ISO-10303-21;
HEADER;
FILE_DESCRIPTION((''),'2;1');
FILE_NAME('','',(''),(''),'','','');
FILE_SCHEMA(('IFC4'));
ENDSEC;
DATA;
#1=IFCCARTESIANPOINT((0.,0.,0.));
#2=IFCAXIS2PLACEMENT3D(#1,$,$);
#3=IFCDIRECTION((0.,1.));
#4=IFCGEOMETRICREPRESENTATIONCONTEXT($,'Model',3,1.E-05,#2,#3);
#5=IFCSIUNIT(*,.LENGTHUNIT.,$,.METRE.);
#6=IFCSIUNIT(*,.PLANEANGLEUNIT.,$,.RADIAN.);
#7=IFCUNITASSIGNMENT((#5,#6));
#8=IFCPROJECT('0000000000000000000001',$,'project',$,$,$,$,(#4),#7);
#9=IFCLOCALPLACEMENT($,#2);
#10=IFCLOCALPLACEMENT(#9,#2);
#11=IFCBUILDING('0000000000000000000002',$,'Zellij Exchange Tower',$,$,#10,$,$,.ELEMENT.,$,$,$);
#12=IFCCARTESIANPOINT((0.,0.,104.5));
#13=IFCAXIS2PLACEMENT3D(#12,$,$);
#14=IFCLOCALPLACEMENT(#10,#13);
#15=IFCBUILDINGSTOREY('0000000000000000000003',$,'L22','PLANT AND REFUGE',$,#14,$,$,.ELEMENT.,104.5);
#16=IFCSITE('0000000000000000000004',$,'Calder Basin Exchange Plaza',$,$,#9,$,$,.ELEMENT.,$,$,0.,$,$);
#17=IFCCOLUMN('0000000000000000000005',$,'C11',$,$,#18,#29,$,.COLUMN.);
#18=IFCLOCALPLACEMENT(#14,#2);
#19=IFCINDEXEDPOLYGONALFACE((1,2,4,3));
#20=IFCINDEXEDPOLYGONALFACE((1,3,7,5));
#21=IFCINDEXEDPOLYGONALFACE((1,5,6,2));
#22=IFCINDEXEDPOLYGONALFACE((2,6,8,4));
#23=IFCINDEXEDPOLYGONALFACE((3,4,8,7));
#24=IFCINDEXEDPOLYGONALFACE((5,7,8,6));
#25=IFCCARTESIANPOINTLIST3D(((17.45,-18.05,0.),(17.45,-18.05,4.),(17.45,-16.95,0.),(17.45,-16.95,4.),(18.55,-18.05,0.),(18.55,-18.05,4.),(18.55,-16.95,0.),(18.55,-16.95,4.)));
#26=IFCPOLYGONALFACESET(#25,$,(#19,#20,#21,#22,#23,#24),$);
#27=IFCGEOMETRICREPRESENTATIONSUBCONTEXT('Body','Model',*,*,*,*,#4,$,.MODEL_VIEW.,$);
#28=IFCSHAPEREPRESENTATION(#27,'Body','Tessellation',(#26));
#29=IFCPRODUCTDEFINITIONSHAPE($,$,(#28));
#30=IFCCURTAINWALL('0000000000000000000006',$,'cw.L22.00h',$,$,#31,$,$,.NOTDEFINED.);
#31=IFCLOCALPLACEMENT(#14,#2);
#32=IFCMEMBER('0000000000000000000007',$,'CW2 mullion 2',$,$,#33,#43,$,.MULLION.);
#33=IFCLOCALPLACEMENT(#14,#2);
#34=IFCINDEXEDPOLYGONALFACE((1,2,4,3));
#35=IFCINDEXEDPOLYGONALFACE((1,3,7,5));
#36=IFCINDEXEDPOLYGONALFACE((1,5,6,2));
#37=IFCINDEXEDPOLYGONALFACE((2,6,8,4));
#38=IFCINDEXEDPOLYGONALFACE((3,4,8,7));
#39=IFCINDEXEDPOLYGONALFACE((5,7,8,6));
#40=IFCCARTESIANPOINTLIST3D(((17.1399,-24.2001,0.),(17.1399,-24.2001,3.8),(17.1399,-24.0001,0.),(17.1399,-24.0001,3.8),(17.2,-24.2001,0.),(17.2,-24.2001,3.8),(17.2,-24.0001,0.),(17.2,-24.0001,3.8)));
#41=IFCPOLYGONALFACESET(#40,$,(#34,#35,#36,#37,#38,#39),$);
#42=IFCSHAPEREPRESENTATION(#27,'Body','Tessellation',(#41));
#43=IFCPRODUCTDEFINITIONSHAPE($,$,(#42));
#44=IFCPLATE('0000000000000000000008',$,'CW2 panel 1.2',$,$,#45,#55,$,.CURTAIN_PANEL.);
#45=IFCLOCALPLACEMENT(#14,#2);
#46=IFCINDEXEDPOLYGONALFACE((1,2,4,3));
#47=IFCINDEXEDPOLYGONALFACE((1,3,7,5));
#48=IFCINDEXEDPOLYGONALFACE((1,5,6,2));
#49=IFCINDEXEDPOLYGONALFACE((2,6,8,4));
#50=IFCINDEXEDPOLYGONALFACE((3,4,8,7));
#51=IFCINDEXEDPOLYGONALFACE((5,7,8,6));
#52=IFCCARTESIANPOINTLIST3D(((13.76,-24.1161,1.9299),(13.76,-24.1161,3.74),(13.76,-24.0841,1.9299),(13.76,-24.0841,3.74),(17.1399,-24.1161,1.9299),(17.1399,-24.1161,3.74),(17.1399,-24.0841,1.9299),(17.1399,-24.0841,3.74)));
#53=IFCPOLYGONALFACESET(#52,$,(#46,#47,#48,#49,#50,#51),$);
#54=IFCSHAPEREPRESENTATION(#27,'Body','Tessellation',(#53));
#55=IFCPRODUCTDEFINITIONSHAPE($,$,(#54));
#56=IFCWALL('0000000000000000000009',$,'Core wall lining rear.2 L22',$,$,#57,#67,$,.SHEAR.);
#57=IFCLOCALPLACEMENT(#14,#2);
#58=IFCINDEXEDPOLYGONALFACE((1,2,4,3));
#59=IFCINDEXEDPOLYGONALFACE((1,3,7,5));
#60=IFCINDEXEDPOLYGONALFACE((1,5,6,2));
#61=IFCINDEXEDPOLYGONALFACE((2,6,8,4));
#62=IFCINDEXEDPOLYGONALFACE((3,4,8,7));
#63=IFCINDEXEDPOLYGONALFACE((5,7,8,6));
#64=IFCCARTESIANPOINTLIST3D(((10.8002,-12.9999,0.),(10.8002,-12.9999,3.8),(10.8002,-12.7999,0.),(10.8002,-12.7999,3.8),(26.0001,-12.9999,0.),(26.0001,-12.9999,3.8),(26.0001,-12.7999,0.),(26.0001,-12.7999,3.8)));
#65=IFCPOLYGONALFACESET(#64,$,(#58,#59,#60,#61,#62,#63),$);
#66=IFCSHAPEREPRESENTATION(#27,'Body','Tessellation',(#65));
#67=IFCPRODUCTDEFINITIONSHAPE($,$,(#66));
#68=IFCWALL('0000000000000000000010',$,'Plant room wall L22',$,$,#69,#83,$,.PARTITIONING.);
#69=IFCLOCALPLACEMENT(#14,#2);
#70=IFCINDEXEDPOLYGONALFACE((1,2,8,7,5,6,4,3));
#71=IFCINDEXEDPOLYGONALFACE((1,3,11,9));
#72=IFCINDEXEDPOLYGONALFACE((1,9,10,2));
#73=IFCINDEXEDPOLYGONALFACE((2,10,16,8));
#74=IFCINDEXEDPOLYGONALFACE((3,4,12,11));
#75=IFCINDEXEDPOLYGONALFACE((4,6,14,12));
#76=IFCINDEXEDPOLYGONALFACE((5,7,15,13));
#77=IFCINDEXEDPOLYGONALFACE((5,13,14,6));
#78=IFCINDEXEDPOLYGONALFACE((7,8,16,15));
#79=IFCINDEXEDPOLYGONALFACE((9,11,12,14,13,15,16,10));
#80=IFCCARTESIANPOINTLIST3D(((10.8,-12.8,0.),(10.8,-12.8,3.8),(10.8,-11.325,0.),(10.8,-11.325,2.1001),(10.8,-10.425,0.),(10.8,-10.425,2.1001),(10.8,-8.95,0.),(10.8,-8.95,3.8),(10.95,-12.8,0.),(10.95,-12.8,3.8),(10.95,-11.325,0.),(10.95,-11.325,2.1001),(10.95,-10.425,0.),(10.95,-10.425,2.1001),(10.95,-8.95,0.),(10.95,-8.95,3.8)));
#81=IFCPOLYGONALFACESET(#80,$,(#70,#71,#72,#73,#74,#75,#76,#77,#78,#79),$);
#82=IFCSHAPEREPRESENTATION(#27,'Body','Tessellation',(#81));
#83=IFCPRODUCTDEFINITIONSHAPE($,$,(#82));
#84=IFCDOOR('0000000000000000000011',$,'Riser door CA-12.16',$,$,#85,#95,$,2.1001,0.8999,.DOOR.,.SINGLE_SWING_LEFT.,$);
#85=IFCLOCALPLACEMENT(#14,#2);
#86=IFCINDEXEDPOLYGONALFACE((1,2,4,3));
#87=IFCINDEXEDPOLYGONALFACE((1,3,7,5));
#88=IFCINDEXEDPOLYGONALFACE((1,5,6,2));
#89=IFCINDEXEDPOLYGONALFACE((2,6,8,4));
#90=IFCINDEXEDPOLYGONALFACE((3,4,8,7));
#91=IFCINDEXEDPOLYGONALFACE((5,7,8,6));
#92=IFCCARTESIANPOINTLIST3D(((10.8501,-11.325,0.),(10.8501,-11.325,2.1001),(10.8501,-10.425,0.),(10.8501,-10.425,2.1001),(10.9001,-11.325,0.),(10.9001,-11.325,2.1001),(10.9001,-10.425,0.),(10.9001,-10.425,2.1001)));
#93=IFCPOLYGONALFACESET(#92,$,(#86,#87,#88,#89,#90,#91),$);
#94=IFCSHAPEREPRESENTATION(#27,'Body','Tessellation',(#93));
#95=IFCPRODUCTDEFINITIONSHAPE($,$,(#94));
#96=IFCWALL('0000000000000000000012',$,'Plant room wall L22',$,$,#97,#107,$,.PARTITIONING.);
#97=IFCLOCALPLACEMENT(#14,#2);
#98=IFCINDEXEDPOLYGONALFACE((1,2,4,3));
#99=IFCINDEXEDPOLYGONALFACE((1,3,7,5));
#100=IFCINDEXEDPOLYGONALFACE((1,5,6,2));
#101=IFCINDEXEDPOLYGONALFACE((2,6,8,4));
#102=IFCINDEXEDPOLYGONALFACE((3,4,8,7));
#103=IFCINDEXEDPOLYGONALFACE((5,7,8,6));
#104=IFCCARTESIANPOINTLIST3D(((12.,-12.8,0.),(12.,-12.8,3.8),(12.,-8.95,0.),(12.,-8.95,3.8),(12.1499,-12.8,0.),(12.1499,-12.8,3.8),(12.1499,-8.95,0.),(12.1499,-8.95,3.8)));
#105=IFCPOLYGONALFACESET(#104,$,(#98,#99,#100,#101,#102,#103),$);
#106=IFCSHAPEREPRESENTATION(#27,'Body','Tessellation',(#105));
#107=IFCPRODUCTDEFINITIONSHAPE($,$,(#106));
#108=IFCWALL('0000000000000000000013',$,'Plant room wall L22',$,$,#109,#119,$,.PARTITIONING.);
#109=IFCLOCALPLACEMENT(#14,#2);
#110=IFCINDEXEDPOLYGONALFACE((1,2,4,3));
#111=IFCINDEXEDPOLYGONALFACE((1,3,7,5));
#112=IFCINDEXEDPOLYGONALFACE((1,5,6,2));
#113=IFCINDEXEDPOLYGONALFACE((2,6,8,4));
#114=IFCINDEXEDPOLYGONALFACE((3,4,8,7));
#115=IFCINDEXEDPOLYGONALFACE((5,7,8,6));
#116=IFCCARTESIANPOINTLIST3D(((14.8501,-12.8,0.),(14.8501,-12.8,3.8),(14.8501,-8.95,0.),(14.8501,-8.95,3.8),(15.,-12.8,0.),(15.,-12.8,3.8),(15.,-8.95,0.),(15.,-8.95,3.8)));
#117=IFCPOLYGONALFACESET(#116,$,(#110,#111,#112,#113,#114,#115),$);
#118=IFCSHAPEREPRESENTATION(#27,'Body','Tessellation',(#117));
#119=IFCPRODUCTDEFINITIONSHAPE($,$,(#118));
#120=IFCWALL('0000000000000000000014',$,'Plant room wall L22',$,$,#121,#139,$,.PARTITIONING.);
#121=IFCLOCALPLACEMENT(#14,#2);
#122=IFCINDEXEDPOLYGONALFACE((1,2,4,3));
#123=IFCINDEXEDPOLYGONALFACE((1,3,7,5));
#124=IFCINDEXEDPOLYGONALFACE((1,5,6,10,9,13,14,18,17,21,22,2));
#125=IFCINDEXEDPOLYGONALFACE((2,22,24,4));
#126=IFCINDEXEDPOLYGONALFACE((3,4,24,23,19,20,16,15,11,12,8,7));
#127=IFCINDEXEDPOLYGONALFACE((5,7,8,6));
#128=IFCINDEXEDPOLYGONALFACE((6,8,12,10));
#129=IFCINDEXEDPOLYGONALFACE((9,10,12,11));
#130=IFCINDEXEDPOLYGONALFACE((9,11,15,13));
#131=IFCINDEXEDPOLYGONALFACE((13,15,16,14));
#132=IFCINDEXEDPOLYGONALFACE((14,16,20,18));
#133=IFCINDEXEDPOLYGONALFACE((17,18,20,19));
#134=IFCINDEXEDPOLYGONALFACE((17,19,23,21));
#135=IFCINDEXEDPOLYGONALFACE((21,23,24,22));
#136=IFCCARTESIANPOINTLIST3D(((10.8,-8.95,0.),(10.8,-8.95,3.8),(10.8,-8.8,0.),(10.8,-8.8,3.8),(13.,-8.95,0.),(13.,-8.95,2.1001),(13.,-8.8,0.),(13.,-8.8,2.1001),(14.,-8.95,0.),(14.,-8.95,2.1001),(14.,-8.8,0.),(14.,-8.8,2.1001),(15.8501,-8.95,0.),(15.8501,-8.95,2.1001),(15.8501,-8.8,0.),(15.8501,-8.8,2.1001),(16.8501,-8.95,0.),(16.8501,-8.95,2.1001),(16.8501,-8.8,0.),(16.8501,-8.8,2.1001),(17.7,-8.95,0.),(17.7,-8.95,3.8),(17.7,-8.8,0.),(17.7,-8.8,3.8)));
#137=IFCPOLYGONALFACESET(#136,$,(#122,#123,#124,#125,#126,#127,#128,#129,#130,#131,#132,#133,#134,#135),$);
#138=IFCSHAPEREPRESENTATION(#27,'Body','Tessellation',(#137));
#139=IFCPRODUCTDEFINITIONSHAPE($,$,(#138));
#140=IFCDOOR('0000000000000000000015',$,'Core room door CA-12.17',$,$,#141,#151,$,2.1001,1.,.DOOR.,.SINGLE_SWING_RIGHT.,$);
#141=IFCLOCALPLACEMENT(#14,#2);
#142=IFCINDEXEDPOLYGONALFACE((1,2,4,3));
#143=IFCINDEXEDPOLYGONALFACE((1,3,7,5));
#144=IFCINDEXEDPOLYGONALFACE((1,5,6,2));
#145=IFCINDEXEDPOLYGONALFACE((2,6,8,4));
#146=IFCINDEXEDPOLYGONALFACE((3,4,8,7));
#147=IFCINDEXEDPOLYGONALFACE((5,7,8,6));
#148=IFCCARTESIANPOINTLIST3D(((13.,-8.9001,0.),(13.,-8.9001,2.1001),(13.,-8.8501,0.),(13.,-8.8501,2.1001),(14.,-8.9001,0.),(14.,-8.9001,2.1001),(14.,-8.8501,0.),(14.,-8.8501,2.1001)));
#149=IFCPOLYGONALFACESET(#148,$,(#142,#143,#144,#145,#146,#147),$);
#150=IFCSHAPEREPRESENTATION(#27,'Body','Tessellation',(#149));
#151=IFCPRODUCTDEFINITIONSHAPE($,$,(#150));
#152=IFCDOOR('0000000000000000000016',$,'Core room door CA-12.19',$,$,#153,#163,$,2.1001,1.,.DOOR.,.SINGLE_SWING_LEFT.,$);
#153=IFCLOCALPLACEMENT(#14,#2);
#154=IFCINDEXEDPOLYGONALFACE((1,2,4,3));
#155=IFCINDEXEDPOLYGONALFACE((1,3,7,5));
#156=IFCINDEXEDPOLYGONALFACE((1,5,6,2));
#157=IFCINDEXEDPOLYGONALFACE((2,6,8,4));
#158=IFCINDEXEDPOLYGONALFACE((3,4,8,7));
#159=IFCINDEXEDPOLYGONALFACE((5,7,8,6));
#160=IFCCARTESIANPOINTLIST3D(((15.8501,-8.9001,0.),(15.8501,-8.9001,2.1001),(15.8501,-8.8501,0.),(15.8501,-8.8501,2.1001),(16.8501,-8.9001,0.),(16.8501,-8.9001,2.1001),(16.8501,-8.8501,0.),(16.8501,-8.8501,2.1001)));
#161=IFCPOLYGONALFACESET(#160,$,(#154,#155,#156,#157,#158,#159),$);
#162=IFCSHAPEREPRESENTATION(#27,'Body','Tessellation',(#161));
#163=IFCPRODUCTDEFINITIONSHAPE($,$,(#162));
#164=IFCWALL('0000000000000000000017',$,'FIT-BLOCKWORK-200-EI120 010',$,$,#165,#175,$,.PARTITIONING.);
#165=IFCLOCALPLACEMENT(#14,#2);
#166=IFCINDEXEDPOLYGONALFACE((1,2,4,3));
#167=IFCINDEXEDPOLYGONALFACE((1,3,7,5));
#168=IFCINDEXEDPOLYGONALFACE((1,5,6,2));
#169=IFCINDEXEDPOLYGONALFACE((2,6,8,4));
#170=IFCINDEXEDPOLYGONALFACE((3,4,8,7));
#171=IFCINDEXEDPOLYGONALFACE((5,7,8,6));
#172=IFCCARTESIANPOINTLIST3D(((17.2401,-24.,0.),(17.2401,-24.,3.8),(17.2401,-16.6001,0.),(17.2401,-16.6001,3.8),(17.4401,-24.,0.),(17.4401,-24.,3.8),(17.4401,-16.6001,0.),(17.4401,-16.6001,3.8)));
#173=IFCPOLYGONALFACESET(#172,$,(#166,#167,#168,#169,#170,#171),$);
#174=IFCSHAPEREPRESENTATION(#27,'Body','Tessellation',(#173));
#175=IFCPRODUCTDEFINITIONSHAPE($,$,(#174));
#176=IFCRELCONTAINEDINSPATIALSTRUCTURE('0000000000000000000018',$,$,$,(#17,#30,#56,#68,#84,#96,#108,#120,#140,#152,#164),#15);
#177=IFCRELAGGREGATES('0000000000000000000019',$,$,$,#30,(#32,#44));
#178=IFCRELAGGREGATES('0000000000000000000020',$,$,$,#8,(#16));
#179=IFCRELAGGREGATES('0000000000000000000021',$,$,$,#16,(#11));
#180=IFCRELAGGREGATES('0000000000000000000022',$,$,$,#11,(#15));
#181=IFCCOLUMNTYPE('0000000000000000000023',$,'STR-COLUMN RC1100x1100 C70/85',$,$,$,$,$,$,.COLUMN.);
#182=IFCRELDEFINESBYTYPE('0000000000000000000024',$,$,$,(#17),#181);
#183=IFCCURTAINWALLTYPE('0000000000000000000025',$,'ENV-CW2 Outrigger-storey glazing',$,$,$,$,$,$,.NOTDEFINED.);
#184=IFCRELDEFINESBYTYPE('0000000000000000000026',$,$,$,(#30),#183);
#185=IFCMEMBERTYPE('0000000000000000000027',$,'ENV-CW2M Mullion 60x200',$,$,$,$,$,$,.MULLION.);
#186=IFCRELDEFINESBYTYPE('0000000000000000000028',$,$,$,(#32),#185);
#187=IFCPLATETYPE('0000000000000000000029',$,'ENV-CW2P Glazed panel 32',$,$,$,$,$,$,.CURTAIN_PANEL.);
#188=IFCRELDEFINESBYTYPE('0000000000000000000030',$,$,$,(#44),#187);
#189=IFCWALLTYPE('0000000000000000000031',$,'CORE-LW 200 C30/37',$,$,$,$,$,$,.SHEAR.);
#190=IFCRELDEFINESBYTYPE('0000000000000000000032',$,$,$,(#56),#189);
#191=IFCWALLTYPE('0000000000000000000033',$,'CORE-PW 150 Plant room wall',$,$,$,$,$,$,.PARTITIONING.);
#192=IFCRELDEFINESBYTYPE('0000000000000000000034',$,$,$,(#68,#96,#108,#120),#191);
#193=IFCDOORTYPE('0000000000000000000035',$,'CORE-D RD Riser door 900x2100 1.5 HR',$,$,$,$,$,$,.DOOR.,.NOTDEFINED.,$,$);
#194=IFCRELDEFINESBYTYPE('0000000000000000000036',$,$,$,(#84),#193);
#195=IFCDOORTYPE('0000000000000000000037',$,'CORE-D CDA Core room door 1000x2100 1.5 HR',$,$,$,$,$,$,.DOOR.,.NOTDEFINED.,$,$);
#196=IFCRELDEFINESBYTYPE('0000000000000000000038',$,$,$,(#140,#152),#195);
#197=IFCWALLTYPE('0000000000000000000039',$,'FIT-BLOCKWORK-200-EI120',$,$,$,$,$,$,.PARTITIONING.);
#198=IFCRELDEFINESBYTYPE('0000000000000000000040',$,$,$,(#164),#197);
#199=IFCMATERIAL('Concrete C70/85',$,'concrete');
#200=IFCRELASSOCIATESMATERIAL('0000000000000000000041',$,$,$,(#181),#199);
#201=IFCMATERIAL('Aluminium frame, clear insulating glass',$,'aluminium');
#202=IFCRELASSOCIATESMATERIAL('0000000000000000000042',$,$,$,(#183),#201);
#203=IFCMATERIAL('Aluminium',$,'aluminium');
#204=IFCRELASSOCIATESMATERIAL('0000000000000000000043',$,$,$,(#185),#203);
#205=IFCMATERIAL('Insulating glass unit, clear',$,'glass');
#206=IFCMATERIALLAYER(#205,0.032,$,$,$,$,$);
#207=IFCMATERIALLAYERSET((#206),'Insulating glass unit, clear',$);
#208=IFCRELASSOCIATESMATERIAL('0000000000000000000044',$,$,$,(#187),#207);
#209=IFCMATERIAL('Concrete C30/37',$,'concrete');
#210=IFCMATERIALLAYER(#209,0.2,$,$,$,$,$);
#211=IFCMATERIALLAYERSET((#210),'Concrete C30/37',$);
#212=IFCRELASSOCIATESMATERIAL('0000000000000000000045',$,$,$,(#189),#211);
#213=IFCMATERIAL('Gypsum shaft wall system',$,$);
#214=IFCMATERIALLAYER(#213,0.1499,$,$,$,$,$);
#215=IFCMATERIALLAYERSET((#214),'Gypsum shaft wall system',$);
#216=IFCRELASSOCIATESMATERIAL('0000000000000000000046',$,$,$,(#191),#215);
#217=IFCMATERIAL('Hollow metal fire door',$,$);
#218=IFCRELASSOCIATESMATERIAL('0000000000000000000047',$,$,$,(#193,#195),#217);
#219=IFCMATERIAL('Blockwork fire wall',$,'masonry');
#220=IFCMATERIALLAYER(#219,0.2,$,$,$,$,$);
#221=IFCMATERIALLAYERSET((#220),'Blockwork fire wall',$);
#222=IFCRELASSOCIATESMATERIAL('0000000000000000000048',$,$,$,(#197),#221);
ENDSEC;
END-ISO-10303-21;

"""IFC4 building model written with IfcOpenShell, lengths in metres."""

from ifc_helpers import new_model, si_unit, direction, frame, frame_2d, origin, origin_2d, place, context, subcontext, project, spatial, rectangle, extrude, material, layer, layer_set, material_profile, profile_set, type_object, element, fill, aggregate, save


model = new_model("IFC4")

# Units and contexts
model_context = context("Model", 3, precision=1e-05, world=origin(), true_north=direction((0.0, 1.0)))
body_context = subcontext(model_context, "Body", "Model", "MODEL_VIEW")
ifc_project = project(units=[si_unit("LENGTHUNIT", "METRE"), si_unit("PLANEANGLEUNIT", "RADIAN")], contexts=[model_context])

# Site, building, storey
site_placement = place(None, origin())
site = spatial("IfcSite", under=ifc_project, at=site_placement, Name="Calder Basin Exchange Plaza", CompositionType="ELEMENT", RefElevation=0.0)
building_placement = place(site_placement, origin())
building = spatial("IfcBuilding", under=site, at=building_placement, Name="Zellij Exchange Tower", CompositionType="ELEMENT")
storey_placement = place(building_placement, frame((0.0, 0.0, 104.5)))
storey = spatial("IfcBuildingStorey", under=building, at=storey_placement, Name="L22", Description="PLANT AND REFUGE", CompositionType="ELEMENT", Elevation=104.5)

# Column
ifc_material_1 = material(Name="Concrete C70/85", Category="concrete")
ifc_material_profile_1 = material_profile(ifc_material_1, rectangle(XDim=1.1001, YDim=1.1001, at=origin_2d()), Name="STR-COLUMN RC1100x1100 C70/85")
ifc_profile_set_1 = profile_set([ifc_material_profile_1], Name="Concrete C70/85")
column_type = type_object("IfcColumnType", Name="STR-COLUMN RC1100x1100 C70/85", PredefinedType="COLUMN", material=ifc_profile_set_1)
column_placement = place(storey_placement, frame((18.0, -17.5, 0.0), z_axis=(0.0, 0.0, 1.0), x_axis=(1.0, 0.0, 0.0)))
element("IfcColumn", 1, at=column_placement, inside=storey, type_object=column_type, Name="C11", PredefinedType="COLUMN", context=body_context, shape_type="SweptSolid", body=[
    extrude(rectangle(XDim=1.1001, YDim=1.1001, at=origin_2d()), origin(), (0.0, 0.0, 1.0), 4.0),
])

# Curtain wall, member, plate
ifc_material_2 = material(Name="Aluminium frame, clear insulating glass", Category="aluminium")
curtain_wall_type = type_object("IfcCurtainWallType", Name="ENV-CW2 Outrigger-storey glazing", PredefinedType="NOTDEFINED", material=ifc_material_2)
curtain_wall_placement = place(storey_placement, origin())
curtain_wall = element("IfcCurtainWall", 2, at=curtain_wall_placement, inside=storey, type_object=curtain_wall_type, Name="cw.L22.00h", PredefinedType="NOTDEFINED")
ifc_material_3 = material(Name="Aluminium", Category="aluminium")
ifc_material_profile_2 = material_profile(ifc_material_3, rectangle(XDim=0.0601, YDim=0.2, at=origin_2d()), Name="AL 60x200")
ifc_profile_set_2 = profile_set([ifc_material_profile_2], Name="Aluminium")
member_type = type_object("IfcMemberType", Name="ENV-CW2M Mullion 60x200", PredefinedType="MULLION", material=ifc_profile_set_2)
member_placement = place(storey_placement, frame((17.1699, -24.1001, 0.0), z_axis=(0.0, 0.0, 1.0), x_axis=(1.0, 0.0, 0.0)))
member = element("IfcMember", 3, at=member_placement, type_object=member_type, Name="CW2 mullion 2", PredefinedType="MULLION", context=body_context, shape_type="SweptSolid", body=[
    extrude(rectangle(XDim=0.0601, YDim=0.2, at=origin_2d()), origin(), (0.0, 0.0, 1.0), 3.8),
])
ifc_material_4 = material(Name="Insulating glass unit, clear", Category="glass")
ifc_layer_1 = layer(ifc_material_4, 0.032)
ifc_layer_set_1 = layer_set([ifc_layer_1], Name="Insulating glass unit, clear")
plate_type = type_object("IfcPlateType", Name="ENV-CW2P Glazed panel 32", PredefinedType="CURTAIN_PANEL", material=ifc_layer_set_1)
plate_placement = place(storey_placement, frame((15.45, -24.1001, 1.9299), z_axis=(0.0, 0.0, 1.0), x_axis=(1.0, 0.0, 0.0)))
plate = element("IfcPlate", 4, at=plate_placement, type_object=plate_type, Name="CW2 panel 1.2", PredefinedType="CURTAIN_PANEL", context=body_context, shape_type="SweptSolid", body=[
    extrude(rectangle(XDim=3.3799, YDim=0.032, at=origin_2d()), origin(), (0.0, 0.0, 1.0), 1.8101),
])
aggregate(curtain_wall, [member, plate])

# Wall
ifc_material_5 = material(Name="Concrete C30/37", Category="concrete")
ifc_layer_2 = layer(ifc_material_5, 0.2)
ifc_layer_set_2 = layer_set([ifc_layer_2], Name="Concrete C30/37")
wall_type_1 = type_object("IfcWallType", Name="CORE-LW 200 C30/37", PredefinedType="SHEAR", material=ifc_layer_set_2)
wall_1_placement = place(storey_placement, frame((10.8, -12.8999, 0.0), z_axis=(0.0, 0.0, 1.0), x_axis=(1.0, 0.0, 0.0)))
element("IfcWall", 5, at=wall_1_placement, inside=storey, type_object=wall_type_1, Name="Core wall lining rear.2 L22", PredefinedType="SHEAR", context=body_context, shape_type="SweptSolid", body=[
    extrude(rectangle(XDim=15.2, YDim=0.2, at=frame_2d((7.6001, 0.0))), origin(), (0.0, 0.0, 1.0), 3.8),
])

# Wall, opening, door
ifc_material_6 = material(Name="Gypsum shaft wall system")
ifc_layer_3 = layer(ifc_material_6, 0.1499)
ifc_layer_set_3 = layer_set([ifc_layer_3], Name="Gypsum shaft wall system")
wall_type_2 = type_object("IfcWallType", Name="CORE-PW 150 Plant room wall", PredefinedType="PARTITIONING", material=ifc_layer_set_3)
wall_2_placement = place(storey_placement, frame((10.875, -12.8, 0.0), z_axis=(0.0, 0.0, 1.0), x_axis=(0.0, 1.0, 0.0)))
wall_2 = element("IfcWall", 6, at=wall_2_placement, inside=storey, type_object=wall_type_2, Name="Plant room wall L22", PredefinedType="PARTITIONING", context=body_context, shape_type="SweptSolid", body=[
    extrude(rectangle(XDim=3.8501, YDim=0.1499, at=frame_2d((1.925, 0.0))), origin(), (0.0, 0.0, 1.0), 3.8),
])
opening_1_placement = place(wall_2_placement, frame((1.4751, 0.0, 0.0)))
opening_1 = element("IfcOpeningElement", 7, at=opening_1_placement, cuts=wall_2, PredefinedType="OPENING", context=body_context, shape_type="SweptSolid", body=[
    extrude(rectangle(XDim=0.8999, YDim=2.1001, at=frame_2d((0.45, 1.05))), frame((0.0, 0.0869, 0.0), z_axis=(0.0, -1.0, 0.0), x_axis=(1.0, 0.0, 0.0)), (0.0, 0.0, 1.0), 0.1738),
])
ifc_material_7 = material(Name="Hollow metal fire door")
door_type_1 = type_object("IfcDoorType", Name="CORE-D RD Riser door 900x2100 1.5 HR", OperationType="NOTDEFINED", PredefinedType="DOOR", material=ifc_material_7)
door_1_placement = place(opening_1_placement, origin())
door_1 = element("IfcDoor", 8, at=door_1_placement, inside=storey, type_object=door_type_1, Name="Riser door CA-12.16", OperationType="SINGLE_SWING_LEFT", OverallHeight=2.1001, OverallWidth=0.8999, PredefinedType="DOOR", context=body_context, shape_type="SweptSolid", body=[
    extrude(rectangle(XDim=0.8999, YDim=2.1001, at=frame_2d((0.45, 1.05))), frame((0.0, 0.0249, 0.0), z_axis=(0.0, -1.0, 0.0), x_axis=(1.0, 0.0, 0.0)), (0.0, 0.0, 1.0), 0.05),
])
fill(opening_1, door_1)

# Walls
for number, where, z_axis, x_axis, name in (
    (9, (12.075, -12.8, 0.0), (0.0, 0.0, 1.0), (0.0, 1.0, 0.0), "Plant room wall L22"),
    (10, (14.925, -12.8, 0.0), (0.0, 0.0, 1.0), (0.0, 1.0, 0.0), "Plant room wall L22"),
):
    element("IfcWall", number, at=place(storey_placement, frame(where, z_axis=z_axis, x_axis=x_axis)), inside=storey, type_object=wall_type_2, Name=name, PredefinedType="PARTITIONING", context=body_context, shape_type="SweptSolid", body=[
        extrude(rectangle(XDim=3.8501, YDim=0.1499, at=frame_2d((1.925, 0.0))), origin(), (0.0, 0.0, 1.0), 3.8),
    ])

# Wall, openings, doors
wall_3_placement = place(storey_placement, frame((10.8, -8.875, 0.0), z_axis=(0.0, 0.0, 1.0), x_axis=(1.0, 0.0, 0.0)))
wall_3 = element("IfcWall", 11, at=wall_3_placement, inside=storey, type_object=wall_type_2, Name="Plant room wall L22", PredefinedType="PARTITIONING", context=body_context, shape_type="SweptSolid", body=[
    extrude(rectangle(XDim=6.8999, YDim=0.1499, at=frame_2d((3.45, 0.0))), origin(), (0.0, 0.0, 1.0), 3.8),
])
opening_2_placement = place(wall_3_placement, frame((2.2, 0.0, 0.0)))
opening_2 = element("IfcOpeningElement", 12, at=opening_2_placement, cuts=wall_3, PredefinedType="OPENING", context=body_context, shape_type="SweptSolid", body=[
    extrude(rectangle(XDim=1.0, YDim=2.1001, at=frame_2d((0.5, 1.05))), frame((0.0, 0.0869, 0.0), z_axis=(0.0, -1.0, 0.0), x_axis=(1.0, 0.0, 0.0)), (0.0, 0.0, 1.0), 0.1738),
])
opening_3_placement = place(wall_3_placement, frame((5.05, 0.0, 0.0)))
opening_3 = element("IfcOpeningElement", 13, at=opening_3_placement, cuts=wall_3, PredefinedType="OPENING", context=body_context, shape_type="SweptSolid", body=[
    extrude(rectangle(XDim=1.0, YDim=2.1001, at=frame_2d((0.5, 1.05))), frame((0.0, 0.0869, 0.0), z_axis=(0.0, -1.0, 0.0), x_axis=(1.0, 0.0, 0.0)), (0.0, 0.0, 1.0), 0.1738),
])
door_type_2 = type_object("IfcDoorType", Name="CORE-D CDA Core room door 1000x2100 1.5 HR", OperationType="NOTDEFINED", PredefinedType="DOOR", material=ifc_material_7)
door_2_placement = place(opening_2_placement, origin())
door_2 = element("IfcDoor", 14, at=door_2_placement, inside=storey, type_object=door_type_2, Name="Core room door CA-12.17", OperationType="SINGLE_SWING_RIGHT", OverallHeight=2.1001, OverallWidth=1.0, PredefinedType="DOOR", context=body_context, shape_type="SweptSolid", body=[
    extrude(rectangle(XDim=1.0, YDim=2.1001, at=frame_2d((0.5, 1.05))), frame((0.0, 0.0249, 0.0), z_axis=(0.0, -1.0, 0.0), x_axis=(1.0, 0.0, 0.0)), (0.0, 0.0, 1.0), 0.05),
])
fill(opening_2, door_2)
door_3_placement = place(opening_3_placement, origin())
door_3 = element("IfcDoor", 15, at=door_3_placement, inside=storey, type_object=door_type_2, Name="Core room door CA-12.19", OperationType="SINGLE_SWING_LEFT", OverallHeight=2.1001, OverallWidth=1.0, PredefinedType="DOOR", context=body_context, shape_type="SweptSolid", body=[
    extrude(rectangle(XDim=1.0, YDim=2.1001, at=frame_2d((0.5, 1.05))), frame((0.0, 0.0249, 0.0), z_axis=(0.0, -1.0, 0.0), x_axis=(1.0, 0.0, 0.0)), (0.0, 0.0, 1.0), 0.05),
])
fill(opening_3, door_3)

# Wall
ifc_material_8 = material(Name="Blockwork fire wall", Category="masonry")
ifc_layer_4 = layer(ifc_material_8, 0.2)
ifc_layer_set_4 = layer_set([ifc_layer_4], Name="Blockwork fire wall")
wall_type_3 = type_object("IfcWallType", Name="FIT-BLOCKWORK-200-EI120", PredefinedType="PARTITIONING", material=ifc_layer_set_4)
wall_4_placement = place(storey_placement, frame((17.3401, -24.0, 0.0), z_axis=(0.0, 0.0, 1.0), x_axis=(0.0, 1.0, 0.0)))
element("IfcWall", 16, at=wall_4_placement, inside=storey, type_object=wall_type_3, Name="FIT-BLOCKWORK-200-EI120 010", PredefinedType="PARTITIONING", context=body_context, shape_type="SweptSolid", body=[
    extrude(rectangle(XDim=7.3999, YDim=0.2, at=frame_2d((3.7, 0.0))), origin(), (0.0, 0.0, 1.0), 3.8),
])

save(model, "model.ifc")
